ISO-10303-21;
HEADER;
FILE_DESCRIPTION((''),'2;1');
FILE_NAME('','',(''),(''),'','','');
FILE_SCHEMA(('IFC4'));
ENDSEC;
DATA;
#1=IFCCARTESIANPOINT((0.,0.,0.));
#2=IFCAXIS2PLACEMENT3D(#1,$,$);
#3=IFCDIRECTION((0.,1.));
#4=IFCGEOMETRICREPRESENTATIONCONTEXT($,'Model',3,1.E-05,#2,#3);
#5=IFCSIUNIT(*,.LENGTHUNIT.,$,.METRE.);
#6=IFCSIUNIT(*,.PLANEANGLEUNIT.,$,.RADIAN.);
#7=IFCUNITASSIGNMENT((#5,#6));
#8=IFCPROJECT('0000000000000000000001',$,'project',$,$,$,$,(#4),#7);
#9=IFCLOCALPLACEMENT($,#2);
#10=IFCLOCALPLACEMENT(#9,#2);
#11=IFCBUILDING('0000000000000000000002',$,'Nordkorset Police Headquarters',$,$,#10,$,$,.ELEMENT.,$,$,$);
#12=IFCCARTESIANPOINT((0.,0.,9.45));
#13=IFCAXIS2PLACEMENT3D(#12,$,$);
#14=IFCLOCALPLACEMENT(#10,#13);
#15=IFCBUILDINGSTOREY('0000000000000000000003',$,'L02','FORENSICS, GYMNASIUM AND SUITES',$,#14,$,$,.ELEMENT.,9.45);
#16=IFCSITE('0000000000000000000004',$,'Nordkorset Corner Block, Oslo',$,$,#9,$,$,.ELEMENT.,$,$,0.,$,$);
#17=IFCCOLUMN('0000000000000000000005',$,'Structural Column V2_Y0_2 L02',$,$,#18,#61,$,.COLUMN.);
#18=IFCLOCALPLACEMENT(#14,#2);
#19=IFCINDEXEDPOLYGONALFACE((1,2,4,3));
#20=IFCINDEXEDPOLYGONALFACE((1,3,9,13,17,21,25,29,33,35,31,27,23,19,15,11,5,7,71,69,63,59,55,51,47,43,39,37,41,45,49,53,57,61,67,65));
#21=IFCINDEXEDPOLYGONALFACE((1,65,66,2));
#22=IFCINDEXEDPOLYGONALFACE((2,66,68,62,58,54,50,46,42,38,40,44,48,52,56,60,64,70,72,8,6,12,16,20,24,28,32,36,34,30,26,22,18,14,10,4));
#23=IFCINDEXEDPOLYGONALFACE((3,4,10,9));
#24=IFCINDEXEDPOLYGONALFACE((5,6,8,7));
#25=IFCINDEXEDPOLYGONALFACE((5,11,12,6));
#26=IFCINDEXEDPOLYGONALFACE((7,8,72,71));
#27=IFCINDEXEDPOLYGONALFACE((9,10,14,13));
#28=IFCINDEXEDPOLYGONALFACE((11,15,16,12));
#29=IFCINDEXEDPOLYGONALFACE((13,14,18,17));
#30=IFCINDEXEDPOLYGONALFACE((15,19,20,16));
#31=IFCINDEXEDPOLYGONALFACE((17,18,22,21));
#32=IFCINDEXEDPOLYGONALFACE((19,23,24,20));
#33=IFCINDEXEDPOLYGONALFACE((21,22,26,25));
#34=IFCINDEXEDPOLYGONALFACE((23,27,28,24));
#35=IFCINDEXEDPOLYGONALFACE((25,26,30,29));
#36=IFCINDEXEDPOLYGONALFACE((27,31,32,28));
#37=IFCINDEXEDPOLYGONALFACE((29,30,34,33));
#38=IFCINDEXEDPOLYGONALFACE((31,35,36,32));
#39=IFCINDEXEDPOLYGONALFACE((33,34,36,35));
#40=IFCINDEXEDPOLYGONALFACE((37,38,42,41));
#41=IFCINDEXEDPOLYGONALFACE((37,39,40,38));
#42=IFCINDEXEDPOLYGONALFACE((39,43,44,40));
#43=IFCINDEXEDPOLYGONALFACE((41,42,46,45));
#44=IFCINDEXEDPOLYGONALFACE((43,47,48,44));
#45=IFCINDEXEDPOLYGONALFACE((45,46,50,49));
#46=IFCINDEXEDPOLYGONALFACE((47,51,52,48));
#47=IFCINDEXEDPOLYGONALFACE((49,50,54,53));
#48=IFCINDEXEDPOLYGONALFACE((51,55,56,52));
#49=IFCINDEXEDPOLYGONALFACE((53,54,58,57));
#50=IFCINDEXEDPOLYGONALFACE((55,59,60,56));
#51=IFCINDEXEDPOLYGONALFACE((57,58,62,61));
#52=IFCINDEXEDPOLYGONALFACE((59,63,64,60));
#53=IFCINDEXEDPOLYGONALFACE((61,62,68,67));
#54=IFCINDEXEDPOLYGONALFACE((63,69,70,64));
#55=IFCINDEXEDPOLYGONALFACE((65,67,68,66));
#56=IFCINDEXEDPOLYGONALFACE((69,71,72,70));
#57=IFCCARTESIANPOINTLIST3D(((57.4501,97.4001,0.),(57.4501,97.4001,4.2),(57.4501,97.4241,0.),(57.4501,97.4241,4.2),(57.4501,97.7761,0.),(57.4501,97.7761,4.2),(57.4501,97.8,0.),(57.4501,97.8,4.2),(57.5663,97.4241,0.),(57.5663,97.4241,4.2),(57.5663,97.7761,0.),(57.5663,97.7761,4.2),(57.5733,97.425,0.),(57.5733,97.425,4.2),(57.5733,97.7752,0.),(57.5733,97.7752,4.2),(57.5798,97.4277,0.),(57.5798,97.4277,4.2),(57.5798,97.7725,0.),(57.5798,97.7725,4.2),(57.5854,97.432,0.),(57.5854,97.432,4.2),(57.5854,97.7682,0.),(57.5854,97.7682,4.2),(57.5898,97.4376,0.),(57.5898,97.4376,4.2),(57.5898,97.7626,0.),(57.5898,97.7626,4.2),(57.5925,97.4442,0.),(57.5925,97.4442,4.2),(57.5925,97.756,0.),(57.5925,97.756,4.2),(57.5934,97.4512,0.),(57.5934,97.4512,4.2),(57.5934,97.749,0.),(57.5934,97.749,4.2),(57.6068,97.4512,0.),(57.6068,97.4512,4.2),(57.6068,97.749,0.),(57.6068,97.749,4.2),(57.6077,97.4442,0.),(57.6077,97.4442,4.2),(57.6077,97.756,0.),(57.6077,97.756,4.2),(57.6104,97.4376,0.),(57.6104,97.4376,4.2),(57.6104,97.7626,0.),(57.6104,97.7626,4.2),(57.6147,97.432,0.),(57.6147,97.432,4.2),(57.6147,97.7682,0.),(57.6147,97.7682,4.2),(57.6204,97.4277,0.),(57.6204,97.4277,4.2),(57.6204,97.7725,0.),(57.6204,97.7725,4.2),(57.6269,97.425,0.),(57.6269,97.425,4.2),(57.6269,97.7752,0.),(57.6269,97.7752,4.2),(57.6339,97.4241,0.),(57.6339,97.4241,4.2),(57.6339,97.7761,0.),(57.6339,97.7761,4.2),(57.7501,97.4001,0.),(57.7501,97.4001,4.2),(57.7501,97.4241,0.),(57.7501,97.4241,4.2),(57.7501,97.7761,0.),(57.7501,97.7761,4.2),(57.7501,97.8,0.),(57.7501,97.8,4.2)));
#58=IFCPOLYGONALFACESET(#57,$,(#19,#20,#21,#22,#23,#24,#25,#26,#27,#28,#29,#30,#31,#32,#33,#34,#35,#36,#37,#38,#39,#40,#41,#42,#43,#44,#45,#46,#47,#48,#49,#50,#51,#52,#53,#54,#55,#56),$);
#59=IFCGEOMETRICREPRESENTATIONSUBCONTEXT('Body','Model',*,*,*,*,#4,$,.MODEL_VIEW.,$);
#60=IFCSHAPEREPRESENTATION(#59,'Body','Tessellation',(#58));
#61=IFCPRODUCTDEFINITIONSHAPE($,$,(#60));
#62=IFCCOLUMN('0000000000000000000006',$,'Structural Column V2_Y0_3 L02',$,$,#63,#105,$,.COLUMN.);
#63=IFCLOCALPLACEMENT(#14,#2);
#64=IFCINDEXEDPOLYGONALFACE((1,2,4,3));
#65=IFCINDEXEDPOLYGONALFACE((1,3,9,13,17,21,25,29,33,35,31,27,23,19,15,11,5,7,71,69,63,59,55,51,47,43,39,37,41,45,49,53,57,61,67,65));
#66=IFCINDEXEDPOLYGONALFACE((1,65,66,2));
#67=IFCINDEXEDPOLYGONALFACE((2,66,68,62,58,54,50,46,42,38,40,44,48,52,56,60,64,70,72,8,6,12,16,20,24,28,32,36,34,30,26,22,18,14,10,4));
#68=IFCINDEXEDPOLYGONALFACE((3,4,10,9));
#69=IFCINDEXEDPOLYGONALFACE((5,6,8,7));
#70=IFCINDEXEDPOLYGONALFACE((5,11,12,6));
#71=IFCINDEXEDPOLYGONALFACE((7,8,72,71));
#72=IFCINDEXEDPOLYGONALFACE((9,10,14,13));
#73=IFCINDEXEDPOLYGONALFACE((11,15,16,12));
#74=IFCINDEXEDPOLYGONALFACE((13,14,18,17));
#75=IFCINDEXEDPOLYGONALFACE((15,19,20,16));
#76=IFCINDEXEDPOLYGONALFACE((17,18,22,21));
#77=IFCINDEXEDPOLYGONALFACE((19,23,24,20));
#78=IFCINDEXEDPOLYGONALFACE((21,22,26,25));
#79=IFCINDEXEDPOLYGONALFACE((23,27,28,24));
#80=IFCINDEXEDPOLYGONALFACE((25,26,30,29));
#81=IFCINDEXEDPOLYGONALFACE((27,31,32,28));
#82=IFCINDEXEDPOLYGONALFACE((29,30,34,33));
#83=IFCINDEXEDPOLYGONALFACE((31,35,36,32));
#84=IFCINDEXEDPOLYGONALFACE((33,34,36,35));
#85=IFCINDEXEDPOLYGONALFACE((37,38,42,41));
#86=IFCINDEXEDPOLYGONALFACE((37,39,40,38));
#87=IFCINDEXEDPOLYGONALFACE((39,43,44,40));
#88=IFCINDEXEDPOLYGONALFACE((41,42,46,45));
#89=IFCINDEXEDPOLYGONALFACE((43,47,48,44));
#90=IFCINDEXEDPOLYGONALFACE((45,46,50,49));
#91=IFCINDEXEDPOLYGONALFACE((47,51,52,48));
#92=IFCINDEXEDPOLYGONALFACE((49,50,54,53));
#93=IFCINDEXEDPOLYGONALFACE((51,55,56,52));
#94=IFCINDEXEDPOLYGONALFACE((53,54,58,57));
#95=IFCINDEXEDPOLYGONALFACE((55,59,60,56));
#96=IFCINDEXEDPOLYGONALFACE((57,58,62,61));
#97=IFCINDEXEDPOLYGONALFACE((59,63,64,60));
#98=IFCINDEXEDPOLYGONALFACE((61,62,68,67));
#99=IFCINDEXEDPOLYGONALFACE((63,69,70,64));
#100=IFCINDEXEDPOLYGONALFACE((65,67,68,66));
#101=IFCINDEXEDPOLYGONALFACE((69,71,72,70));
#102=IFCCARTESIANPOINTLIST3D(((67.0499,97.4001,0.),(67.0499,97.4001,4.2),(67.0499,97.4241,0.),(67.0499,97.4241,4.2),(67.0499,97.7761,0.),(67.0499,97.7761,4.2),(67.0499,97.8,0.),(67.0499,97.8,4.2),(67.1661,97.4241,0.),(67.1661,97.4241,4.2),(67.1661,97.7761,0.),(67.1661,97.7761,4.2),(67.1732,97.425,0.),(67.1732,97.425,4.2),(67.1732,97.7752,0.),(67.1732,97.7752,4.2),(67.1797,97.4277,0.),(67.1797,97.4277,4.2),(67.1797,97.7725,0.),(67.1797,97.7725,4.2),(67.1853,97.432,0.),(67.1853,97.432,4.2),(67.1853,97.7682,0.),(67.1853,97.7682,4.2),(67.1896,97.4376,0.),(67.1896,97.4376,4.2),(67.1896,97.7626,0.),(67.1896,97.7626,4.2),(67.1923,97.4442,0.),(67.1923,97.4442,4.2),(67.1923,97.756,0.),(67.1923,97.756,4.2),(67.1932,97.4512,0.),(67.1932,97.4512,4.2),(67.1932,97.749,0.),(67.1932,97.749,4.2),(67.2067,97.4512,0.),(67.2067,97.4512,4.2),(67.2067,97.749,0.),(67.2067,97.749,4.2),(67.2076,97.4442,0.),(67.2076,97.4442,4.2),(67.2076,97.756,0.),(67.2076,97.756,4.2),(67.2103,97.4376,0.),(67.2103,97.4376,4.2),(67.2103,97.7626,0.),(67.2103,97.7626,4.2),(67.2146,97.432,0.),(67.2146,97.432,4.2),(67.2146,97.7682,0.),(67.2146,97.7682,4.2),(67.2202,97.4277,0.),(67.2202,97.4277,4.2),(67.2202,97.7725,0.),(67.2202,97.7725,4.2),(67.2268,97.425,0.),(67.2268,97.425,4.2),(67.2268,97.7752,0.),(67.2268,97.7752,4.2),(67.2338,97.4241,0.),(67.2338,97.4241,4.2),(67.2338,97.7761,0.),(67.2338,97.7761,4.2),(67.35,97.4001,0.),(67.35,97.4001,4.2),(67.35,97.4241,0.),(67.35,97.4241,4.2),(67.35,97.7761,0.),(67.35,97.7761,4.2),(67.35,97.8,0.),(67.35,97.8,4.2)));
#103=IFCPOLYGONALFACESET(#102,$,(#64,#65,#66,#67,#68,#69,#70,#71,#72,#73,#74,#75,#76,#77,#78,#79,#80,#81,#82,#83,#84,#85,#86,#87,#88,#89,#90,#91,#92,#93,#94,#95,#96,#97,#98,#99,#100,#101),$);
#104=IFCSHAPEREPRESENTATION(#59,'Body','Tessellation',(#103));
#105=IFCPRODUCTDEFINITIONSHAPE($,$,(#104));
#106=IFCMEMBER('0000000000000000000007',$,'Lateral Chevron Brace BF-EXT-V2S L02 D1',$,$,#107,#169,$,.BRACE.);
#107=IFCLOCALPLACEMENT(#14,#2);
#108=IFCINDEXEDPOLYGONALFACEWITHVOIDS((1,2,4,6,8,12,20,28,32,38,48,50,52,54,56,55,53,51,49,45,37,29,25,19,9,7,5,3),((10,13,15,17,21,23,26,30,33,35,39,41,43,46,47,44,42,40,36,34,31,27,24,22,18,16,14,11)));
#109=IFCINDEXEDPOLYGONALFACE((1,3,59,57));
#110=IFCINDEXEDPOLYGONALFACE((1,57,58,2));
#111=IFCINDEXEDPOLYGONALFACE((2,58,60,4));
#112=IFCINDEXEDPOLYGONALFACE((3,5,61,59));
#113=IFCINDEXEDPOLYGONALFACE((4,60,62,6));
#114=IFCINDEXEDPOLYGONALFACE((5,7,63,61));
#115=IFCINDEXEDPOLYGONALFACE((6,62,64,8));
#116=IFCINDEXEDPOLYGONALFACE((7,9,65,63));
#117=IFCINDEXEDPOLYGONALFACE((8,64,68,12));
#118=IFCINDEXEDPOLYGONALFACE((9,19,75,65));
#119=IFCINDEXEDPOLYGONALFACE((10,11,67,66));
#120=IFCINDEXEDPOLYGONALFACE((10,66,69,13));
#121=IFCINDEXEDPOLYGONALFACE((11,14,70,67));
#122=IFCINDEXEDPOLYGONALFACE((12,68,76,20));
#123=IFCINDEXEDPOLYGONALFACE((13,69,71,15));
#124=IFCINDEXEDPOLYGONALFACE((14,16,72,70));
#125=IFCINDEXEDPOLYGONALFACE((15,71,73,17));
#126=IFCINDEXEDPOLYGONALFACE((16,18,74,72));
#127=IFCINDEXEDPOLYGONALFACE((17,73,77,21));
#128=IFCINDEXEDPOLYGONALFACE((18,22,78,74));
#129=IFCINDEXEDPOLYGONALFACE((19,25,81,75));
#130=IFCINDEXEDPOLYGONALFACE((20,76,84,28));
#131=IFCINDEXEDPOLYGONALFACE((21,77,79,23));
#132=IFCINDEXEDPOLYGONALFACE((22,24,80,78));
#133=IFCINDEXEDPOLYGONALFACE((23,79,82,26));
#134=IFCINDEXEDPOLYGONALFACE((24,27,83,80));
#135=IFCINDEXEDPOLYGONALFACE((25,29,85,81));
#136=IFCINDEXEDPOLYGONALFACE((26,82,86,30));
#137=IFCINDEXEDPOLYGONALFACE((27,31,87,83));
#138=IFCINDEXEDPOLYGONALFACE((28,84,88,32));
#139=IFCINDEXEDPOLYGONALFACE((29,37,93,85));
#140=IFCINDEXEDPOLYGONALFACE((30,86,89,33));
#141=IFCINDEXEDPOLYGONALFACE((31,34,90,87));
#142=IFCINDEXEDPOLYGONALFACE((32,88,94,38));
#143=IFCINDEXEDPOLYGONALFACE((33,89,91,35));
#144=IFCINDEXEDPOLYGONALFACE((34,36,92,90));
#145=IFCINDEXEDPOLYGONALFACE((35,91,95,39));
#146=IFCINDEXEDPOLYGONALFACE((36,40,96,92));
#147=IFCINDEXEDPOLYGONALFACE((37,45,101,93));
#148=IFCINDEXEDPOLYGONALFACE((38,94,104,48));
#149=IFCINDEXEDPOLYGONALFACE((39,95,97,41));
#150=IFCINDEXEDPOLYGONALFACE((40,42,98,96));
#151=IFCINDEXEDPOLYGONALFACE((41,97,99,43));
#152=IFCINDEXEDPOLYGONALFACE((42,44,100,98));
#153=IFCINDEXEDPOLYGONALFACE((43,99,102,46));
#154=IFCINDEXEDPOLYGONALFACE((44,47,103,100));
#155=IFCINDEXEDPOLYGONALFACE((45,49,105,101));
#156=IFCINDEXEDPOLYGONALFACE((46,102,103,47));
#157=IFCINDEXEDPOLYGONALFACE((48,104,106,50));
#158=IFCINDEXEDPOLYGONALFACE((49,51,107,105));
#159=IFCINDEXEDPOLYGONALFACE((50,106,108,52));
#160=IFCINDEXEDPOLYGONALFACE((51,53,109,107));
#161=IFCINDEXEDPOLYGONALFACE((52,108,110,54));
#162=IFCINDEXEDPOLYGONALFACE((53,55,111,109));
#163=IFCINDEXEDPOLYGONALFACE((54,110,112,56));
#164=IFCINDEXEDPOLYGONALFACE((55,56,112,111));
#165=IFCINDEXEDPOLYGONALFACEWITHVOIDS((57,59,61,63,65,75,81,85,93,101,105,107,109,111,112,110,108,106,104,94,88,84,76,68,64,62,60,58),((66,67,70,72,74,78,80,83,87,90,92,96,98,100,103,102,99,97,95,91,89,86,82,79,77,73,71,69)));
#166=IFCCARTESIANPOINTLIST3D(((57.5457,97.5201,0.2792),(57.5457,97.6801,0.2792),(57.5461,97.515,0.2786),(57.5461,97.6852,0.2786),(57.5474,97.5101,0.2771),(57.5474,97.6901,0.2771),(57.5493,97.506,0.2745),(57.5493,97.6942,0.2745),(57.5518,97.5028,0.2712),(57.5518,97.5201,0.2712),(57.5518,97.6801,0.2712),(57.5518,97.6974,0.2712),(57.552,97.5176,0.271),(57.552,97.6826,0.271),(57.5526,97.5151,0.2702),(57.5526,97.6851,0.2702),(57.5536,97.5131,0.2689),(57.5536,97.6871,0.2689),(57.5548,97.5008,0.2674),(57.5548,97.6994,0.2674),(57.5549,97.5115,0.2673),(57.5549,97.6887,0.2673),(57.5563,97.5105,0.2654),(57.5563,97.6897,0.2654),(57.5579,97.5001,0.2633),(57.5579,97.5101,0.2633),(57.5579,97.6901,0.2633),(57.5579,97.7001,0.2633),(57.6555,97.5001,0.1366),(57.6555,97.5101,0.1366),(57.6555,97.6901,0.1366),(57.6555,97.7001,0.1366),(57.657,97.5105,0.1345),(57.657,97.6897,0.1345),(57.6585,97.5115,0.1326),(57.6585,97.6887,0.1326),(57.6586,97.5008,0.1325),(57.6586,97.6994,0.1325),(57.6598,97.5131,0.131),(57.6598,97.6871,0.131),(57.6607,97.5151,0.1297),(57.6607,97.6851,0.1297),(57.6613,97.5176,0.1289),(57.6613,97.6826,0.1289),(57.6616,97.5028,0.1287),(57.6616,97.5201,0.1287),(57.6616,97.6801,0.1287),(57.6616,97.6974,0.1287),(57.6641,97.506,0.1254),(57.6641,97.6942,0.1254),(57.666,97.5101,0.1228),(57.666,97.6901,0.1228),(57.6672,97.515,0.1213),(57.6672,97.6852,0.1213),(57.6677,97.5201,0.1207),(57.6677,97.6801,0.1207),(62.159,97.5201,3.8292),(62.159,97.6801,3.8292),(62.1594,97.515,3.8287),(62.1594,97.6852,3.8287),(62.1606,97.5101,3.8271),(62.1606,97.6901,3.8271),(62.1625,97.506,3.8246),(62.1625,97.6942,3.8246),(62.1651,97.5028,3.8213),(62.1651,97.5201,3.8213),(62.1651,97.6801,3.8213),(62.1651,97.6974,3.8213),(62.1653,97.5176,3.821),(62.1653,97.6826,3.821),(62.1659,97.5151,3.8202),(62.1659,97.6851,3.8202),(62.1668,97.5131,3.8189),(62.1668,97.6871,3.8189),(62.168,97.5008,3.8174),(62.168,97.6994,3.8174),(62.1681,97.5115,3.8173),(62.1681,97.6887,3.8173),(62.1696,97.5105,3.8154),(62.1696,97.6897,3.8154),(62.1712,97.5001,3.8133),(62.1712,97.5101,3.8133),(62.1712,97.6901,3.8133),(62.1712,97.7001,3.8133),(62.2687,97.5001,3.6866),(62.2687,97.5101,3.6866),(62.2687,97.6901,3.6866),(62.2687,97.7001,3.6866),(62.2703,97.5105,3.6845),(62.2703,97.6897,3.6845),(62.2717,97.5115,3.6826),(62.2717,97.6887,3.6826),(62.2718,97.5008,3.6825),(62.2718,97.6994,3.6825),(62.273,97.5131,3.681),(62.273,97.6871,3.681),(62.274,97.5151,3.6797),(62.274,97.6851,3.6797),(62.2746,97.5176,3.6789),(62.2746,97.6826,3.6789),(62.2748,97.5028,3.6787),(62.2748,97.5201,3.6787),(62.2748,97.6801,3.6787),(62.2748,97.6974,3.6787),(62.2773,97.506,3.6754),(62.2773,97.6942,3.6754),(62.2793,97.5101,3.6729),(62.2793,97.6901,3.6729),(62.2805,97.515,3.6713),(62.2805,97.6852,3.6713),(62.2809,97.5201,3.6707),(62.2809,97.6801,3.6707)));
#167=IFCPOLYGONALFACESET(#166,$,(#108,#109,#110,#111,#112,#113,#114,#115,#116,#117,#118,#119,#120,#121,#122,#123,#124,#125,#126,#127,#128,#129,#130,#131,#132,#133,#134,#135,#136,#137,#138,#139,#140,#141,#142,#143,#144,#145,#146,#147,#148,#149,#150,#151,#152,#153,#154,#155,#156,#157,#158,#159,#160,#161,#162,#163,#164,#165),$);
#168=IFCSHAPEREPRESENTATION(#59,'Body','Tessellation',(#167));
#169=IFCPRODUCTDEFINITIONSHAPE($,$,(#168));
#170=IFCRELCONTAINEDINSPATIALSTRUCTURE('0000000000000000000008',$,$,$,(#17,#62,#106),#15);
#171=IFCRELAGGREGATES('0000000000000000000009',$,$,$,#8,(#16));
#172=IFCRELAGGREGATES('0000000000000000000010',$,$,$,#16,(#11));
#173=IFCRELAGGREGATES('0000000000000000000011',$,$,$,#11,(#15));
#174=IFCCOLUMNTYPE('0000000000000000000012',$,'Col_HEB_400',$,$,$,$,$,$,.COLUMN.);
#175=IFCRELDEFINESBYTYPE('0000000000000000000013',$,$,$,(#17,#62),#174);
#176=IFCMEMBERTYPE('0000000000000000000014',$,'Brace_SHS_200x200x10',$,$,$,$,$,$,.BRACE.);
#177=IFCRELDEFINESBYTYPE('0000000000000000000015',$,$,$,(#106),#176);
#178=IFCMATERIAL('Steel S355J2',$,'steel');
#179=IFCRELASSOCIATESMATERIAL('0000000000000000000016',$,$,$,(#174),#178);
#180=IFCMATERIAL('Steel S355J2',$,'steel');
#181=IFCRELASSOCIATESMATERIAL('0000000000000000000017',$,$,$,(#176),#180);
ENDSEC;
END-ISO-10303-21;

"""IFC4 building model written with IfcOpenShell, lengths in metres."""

from ifc_helpers import new_model, si_unit, direction, frame, origin, origin_2d, place, context, subcontext, project, spatial, hollow_rectangle, i_section, extrude, material, material_profile, profile_set, type_object, element, save


model = new_model("IFC4")

# Units and contexts
model_context = context("Model", 3, precision=1e-05, world=origin(), true_north=direction((0.0, 1.0)))
body_context = subcontext(model_context, "Body", "Model", "MODEL_VIEW")
ifc_project = project(units=[si_unit("LENGTHUNIT", "METRE"), si_unit("PLANEANGLEUNIT", "RADIAN")], contexts=[model_context])

# Site, building, storey
site_placement = place(None, origin())
site = spatial("IfcSite", under=ifc_project, at=site_placement, Name="Nordkorset Corner Block, Oslo", CompositionType="ELEMENT", RefElevation=0.0)
building_placement = place(site_placement, origin())
building = spatial("IfcBuilding", under=site, at=building_placement, Name="Nordkorset Police Headquarters", CompositionType="ELEMENT")
storey_placement = place(building_placement, frame((0.0, 0.0, 9.45)))
storey = spatial("IfcBuildingStorey", under=building, at=storey_placement, Name="L02", Description="FORENSICS, GYMNASIUM AND SUITES", CompositionType="ELEMENT", Elevation=9.45)

# Columns
ifc_material_1 = material(Name="Steel S355J2", Category="steel")
ifc_material_profile_1 = material_profile(ifc_material_1, i_section(OverallWidth=0.3, OverallDepth=0.3999, WebThickness=0.0134, FlangeThickness=0.0239, FilletRadius=0.0271, at=origin_2d()), Name="HEB 400")
ifc_profile_set_1 = profile_set([ifc_material_profile_1], Name="Steel S355J2")
column_type = type_object("IfcColumnType", Name="Col_HEB_400", PredefinedType="COLUMN", material=ifc_profile_set_1)
for number, where, z_axis, x_axis, name in (
    (1, (57.6001, 97.6001, 0.0), (0.0, 0.0, 1.0), (1.0, 0.0, 0.0), "Structural Column V2_Y0_2 L02"),
    (2, (67.2, 97.6001, 0.0), (0.0, 0.0, 1.0), (1.0, 0.0, 0.0), "Structural Column V2_Y0_3 L02"),
):
    element("IfcColumn", number, at=place(storey_placement, frame(where, z_axis=z_axis, x_axis=x_axis)), inside=storey, type_object=column_type, Name=name, PredefinedType="COLUMN", context=body_context, shape_type="SweptSolid", body=[
        extrude(i_section(OverallWidth=0.3, OverallDepth=0.3999, WebThickness=0.0134, FlangeThickness=0.0239, FilletRadius=0.0271, at=origin_2d()), origin(), (0.0, 0.0, 1.0), 4.2),
    ])

# Member
ifc_material_2 = material(Name="Steel S355J2", Category="steel")
ifc_material_profile_2 = material_profile(ifc_material_2, hollow_rectangle(XDim=0.2, YDim=0.2, WallThickness=0.01, InnerFilletRadius=0.01, OuterFilletRadius=0.02, at=origin_2d()), Name="SHS 200x200x10")
ifc_profile_set_2 = profile_set([ifc_material_profile_2], Name="Steel S355J2")
member_type_1 = type_object("IfcMemberType", Name="Brace_SHS_200x200x10", PredefinedType="BRACE", material=ifc_profile_set_2)
for number, where, z_axis, x_axis, name in (
    (3, (57.6067, 97.6001, 0.2), (0.79251, 0.0, 0.609859), (0.0, 1.0, 0.0), "Lateral Chevron Brace BF-EXT-V2S L02 D1"),
):
    element("IfcMember", number, at=place(storey_placement, frame(where, z_axis=z_axis, x_axis=x_axis)), inside=storey, type_object=member_type_1, Name=name, PredefinedType="BRACE", context=body_context, shape_type="SweptSolid", body=[
        extrude(hollow_rectangle(XDim=0.2, YDim=0.2, WallThickness=0.01, InnerFilletRadius=0.01, OuterFilletRadius=0.02, at=origin_2d()), origin(), (0.0, 0.0, 1.0), 5.821),
    ])

save(model, "model.ifc")
